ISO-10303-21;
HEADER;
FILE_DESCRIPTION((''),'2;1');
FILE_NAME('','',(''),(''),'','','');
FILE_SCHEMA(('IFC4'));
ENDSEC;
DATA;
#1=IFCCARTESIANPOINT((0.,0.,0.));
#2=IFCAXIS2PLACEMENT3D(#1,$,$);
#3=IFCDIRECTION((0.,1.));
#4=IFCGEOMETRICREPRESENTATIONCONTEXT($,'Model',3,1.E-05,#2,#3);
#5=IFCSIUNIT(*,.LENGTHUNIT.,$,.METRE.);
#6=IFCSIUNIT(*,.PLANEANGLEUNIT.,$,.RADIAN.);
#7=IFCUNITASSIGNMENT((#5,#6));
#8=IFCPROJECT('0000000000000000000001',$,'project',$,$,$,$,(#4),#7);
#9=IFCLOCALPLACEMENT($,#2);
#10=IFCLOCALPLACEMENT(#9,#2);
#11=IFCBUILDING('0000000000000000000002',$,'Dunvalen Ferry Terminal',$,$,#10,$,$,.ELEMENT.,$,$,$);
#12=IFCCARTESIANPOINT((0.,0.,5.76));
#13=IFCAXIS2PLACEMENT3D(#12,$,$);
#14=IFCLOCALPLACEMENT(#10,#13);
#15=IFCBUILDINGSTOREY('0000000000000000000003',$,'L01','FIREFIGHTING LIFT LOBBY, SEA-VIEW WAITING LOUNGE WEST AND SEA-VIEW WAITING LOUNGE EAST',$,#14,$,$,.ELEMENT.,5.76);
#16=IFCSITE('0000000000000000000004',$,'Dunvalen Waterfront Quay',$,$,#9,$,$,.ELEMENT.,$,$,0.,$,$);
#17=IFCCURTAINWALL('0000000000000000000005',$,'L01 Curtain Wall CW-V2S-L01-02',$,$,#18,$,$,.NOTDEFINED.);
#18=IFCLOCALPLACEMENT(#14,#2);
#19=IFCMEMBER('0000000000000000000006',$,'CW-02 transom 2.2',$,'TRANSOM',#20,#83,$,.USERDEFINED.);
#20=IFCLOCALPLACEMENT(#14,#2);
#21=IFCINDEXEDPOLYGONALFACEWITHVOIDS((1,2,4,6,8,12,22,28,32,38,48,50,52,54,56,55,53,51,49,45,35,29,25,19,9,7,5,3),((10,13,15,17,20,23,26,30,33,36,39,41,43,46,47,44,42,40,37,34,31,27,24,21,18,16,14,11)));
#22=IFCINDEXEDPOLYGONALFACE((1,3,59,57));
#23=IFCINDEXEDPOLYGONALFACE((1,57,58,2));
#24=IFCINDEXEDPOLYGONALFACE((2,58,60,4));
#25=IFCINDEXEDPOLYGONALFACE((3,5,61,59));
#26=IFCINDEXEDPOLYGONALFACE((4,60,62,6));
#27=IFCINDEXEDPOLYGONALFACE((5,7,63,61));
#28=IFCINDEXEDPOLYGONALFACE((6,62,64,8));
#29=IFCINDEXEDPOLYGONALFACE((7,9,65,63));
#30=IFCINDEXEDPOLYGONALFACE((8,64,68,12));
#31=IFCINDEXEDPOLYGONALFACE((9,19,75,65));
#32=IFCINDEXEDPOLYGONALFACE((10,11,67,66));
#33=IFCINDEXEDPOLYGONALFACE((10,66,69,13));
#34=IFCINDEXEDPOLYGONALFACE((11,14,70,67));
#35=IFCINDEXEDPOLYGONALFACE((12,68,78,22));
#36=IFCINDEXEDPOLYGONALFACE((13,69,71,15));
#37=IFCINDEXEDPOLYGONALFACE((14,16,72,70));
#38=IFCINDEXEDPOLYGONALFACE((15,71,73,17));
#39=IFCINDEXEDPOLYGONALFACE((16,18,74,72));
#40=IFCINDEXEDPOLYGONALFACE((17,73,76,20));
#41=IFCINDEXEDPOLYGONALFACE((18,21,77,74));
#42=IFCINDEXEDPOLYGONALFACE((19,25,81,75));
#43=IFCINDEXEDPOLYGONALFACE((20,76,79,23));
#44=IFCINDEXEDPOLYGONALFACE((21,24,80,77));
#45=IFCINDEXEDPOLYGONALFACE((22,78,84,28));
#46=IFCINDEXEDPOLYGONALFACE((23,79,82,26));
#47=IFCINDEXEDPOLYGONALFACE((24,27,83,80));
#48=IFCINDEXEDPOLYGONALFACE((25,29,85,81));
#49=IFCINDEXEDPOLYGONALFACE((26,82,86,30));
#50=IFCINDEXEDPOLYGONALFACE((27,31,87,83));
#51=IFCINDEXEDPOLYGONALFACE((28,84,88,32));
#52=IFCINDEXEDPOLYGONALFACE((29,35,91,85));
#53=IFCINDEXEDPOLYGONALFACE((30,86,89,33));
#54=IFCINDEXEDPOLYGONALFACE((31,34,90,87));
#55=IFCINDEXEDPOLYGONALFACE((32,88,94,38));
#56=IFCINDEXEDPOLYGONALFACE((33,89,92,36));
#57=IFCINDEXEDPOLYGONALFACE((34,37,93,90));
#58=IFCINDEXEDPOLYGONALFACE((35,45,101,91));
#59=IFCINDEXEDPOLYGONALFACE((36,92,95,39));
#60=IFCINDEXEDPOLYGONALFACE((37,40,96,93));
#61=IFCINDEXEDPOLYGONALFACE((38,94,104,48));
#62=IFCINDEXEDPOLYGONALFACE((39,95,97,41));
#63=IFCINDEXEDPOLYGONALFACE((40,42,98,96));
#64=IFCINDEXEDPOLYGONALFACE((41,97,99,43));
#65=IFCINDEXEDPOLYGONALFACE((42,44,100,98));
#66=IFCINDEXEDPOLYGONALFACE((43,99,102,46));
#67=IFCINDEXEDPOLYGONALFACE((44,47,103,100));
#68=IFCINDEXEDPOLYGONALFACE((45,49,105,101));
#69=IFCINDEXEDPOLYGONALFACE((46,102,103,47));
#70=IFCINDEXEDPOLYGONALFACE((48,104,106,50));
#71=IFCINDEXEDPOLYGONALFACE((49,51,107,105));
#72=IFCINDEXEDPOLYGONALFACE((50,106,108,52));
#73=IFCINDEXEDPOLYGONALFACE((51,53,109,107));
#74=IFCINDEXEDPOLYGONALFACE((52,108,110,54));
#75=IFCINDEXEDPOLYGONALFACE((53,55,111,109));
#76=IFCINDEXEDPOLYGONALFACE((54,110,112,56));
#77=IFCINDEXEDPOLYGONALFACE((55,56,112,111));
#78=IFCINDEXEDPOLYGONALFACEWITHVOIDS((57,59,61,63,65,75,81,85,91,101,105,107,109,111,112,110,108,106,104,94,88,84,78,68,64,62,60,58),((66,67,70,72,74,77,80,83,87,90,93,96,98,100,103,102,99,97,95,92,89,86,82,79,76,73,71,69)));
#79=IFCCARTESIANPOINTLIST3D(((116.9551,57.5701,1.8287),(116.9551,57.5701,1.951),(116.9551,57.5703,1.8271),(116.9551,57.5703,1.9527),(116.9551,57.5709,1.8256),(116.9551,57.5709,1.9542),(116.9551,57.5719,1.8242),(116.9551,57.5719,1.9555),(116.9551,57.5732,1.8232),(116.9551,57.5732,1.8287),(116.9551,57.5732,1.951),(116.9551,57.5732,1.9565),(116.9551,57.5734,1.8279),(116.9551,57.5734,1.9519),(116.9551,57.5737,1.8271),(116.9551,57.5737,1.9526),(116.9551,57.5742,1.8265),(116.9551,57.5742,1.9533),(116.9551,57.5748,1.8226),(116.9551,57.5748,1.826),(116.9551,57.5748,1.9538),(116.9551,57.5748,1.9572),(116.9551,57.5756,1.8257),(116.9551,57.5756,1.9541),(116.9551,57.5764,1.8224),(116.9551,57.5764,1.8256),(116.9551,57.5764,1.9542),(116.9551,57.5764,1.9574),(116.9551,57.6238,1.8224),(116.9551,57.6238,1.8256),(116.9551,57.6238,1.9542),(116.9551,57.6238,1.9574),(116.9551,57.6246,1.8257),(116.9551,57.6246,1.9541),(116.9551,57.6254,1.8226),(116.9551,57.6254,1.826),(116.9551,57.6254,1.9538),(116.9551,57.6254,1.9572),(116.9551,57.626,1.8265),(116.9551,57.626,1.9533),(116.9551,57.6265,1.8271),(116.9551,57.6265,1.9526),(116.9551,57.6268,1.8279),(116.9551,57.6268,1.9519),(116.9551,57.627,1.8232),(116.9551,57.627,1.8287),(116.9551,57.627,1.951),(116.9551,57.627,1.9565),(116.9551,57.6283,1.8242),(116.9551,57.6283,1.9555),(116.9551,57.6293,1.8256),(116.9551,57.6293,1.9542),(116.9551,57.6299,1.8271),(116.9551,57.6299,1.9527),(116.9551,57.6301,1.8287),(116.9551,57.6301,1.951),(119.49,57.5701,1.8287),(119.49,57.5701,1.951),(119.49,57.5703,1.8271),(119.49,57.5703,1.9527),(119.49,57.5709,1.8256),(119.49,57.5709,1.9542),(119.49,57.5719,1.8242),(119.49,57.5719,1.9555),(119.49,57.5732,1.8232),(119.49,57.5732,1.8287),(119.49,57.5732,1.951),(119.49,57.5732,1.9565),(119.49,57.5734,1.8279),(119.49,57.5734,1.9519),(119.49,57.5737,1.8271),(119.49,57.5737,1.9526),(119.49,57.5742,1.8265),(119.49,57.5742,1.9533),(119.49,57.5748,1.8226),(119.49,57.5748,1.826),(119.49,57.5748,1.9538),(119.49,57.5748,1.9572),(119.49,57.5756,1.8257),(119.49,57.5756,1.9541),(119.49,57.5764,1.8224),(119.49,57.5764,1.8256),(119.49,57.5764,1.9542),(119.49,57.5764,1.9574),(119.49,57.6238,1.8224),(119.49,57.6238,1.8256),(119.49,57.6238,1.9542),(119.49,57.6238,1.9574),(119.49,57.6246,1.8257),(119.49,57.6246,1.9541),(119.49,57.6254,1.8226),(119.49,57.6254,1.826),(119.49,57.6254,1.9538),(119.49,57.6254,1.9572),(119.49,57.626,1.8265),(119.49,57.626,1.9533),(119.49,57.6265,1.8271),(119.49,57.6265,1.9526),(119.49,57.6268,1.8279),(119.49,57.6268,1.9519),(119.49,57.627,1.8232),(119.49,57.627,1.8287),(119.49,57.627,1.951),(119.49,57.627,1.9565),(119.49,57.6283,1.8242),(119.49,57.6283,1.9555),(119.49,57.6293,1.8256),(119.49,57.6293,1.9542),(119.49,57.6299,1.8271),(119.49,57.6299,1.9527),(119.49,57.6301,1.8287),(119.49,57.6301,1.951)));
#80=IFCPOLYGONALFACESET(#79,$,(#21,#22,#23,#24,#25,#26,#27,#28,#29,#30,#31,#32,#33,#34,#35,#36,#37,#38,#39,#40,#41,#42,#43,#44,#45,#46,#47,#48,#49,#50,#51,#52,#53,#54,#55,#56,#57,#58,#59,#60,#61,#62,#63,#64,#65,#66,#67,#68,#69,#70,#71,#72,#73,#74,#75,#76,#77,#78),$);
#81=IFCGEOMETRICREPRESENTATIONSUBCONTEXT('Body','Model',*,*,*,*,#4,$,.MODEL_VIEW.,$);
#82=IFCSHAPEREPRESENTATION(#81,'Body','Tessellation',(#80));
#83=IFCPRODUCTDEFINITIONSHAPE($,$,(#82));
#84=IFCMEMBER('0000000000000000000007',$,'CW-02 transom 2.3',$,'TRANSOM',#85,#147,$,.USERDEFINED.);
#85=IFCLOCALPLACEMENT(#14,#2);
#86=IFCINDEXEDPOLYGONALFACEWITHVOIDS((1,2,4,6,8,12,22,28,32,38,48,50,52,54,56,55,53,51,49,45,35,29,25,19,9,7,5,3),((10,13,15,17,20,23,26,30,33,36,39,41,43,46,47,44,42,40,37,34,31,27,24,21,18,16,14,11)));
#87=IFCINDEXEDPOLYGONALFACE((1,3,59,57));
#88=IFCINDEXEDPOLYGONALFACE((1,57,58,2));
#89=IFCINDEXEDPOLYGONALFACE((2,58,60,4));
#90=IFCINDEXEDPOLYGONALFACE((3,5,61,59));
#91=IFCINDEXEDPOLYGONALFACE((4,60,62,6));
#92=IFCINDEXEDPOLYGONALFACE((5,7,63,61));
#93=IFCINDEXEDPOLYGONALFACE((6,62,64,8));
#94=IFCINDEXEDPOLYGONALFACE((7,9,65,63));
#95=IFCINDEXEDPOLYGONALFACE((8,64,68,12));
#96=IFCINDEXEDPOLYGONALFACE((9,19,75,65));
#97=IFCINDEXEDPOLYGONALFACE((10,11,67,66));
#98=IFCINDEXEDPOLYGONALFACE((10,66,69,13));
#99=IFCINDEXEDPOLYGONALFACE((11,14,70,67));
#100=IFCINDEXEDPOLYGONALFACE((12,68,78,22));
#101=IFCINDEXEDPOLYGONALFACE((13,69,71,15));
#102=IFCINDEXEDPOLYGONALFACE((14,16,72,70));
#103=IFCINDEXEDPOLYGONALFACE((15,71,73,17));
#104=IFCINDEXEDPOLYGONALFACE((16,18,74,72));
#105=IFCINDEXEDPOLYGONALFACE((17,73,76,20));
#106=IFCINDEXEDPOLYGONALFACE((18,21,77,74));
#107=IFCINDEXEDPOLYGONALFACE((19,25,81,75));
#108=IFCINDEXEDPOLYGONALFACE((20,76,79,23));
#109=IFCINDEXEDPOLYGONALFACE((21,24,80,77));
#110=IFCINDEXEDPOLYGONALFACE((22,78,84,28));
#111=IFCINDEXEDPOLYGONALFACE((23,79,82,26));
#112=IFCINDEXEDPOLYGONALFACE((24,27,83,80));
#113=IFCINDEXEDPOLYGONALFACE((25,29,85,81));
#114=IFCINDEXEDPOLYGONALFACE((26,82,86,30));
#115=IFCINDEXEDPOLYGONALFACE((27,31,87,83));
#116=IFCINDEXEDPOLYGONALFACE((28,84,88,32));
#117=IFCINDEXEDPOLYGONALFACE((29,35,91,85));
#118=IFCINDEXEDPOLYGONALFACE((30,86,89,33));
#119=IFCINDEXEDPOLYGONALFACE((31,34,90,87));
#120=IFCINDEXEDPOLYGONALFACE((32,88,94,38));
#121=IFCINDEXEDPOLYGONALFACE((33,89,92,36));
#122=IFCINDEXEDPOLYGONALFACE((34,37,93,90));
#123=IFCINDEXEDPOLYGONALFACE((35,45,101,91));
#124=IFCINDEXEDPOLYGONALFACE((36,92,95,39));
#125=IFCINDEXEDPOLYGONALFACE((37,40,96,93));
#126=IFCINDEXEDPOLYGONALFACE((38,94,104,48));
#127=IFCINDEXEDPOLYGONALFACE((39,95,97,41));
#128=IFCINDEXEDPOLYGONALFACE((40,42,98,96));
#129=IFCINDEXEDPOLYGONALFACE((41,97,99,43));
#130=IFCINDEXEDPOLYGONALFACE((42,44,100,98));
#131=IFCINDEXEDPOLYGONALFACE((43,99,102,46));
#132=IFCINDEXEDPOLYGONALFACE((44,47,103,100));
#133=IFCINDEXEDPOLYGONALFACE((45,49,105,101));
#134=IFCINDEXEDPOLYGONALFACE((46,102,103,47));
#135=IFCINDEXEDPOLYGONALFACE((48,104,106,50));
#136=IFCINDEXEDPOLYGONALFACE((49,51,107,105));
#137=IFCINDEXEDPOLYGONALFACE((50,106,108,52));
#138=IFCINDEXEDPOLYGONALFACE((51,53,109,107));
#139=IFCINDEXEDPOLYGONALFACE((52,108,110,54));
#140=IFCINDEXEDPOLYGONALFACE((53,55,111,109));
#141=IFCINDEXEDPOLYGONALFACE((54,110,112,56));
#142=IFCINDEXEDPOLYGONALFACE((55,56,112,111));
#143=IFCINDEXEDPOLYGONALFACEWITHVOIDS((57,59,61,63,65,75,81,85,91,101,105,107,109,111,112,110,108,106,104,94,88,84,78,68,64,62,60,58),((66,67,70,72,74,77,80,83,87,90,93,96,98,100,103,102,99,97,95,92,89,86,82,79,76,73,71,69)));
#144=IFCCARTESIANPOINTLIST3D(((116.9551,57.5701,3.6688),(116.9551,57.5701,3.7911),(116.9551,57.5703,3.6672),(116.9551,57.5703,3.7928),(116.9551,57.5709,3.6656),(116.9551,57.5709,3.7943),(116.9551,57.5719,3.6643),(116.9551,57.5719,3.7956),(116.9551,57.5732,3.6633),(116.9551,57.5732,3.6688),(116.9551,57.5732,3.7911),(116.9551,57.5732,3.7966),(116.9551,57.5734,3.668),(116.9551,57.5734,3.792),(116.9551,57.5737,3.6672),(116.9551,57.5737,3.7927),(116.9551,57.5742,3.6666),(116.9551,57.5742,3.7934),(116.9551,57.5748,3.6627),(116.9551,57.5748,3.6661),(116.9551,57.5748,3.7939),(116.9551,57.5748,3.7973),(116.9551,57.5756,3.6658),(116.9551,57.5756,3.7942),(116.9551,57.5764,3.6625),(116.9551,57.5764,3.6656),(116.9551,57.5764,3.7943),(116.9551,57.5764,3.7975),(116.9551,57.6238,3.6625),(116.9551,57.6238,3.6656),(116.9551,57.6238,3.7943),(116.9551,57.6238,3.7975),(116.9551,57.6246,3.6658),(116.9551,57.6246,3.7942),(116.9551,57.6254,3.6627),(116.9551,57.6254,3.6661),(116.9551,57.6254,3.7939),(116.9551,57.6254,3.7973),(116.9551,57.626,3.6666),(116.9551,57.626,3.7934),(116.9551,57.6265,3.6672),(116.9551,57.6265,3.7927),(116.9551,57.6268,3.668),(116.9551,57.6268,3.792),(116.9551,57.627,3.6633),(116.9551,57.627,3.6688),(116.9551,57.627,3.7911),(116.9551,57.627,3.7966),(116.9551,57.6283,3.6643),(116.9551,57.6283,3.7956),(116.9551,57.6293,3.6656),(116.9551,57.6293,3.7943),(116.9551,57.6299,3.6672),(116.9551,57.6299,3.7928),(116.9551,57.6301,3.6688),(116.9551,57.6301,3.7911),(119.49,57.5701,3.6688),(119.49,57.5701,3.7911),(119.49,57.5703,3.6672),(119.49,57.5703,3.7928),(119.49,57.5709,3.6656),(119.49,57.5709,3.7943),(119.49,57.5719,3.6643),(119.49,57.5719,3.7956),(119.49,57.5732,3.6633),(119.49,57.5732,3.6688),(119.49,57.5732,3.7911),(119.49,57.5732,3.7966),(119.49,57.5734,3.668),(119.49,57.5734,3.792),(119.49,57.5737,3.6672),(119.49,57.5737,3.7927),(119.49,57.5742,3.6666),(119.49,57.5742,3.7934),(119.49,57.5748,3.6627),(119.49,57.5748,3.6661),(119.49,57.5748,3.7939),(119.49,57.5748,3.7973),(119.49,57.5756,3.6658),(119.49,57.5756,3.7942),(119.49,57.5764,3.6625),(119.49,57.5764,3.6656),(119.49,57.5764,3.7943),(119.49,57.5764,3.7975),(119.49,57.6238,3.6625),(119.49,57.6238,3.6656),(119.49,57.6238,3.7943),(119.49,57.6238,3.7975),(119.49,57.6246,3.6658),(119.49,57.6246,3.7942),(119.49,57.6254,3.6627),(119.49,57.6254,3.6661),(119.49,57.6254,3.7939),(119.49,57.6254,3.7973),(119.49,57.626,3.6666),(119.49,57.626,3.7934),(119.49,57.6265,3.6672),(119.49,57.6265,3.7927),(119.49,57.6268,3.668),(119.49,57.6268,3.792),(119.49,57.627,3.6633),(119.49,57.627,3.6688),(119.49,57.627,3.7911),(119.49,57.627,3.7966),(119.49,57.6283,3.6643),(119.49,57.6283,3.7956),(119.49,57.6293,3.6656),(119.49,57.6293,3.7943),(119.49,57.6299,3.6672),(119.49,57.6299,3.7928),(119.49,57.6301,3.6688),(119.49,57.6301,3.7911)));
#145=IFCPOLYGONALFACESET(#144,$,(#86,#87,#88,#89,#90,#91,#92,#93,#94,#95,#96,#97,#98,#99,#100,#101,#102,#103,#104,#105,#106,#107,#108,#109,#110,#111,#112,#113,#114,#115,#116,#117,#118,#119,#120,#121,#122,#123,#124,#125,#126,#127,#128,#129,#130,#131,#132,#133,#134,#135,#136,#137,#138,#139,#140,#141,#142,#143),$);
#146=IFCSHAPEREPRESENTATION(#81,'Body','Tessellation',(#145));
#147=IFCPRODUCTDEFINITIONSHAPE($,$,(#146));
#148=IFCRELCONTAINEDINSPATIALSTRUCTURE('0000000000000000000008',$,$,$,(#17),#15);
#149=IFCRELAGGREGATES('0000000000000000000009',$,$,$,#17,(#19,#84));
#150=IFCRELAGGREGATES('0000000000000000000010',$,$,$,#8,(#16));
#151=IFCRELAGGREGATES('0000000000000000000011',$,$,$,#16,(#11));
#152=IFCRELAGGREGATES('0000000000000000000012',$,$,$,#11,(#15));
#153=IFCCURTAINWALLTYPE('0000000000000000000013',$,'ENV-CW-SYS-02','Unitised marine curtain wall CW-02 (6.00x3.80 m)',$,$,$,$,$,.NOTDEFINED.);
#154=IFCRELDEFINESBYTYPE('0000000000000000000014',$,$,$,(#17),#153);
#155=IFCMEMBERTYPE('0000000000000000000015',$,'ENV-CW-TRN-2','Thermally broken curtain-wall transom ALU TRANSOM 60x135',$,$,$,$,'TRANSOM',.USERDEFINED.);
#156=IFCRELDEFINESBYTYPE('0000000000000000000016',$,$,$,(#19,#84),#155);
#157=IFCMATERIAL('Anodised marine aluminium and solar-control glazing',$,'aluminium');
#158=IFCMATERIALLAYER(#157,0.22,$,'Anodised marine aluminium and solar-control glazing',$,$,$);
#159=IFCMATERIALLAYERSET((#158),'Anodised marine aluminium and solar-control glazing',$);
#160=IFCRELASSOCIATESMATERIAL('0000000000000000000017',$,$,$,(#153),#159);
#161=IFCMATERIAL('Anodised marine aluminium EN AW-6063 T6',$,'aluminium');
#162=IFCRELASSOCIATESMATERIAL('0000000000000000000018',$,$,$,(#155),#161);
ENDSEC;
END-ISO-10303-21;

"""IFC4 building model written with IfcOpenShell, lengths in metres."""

from ifc_helpers import new_model, si_unit, direction, frame, origin, origin_2d, place, context, subcontext, project, spatial, hollow_rectangle, extrude, material, layer, layer_set, material_profile, profile_set, type_object, element, aggregate, save


model = new_model("IFC4")

# Units and contexts
model_context = context("Model", 3, precision=1e-05, world=origin(), true_north=direction((0.0, 1.0)))
body_context = subcontext(model_context, "Body", "Model", "MODEL_VIEW")
ifc_project = project(units=[si_unit("LENGTHUNIT", "METRE"), si_unit("PLANEANGLEUNIT", "RADIAN")], contexts=[model_context])

# Site, building, storey
site_placement = place(None, origin())
site = spatial("IfcSite", under=ifc_project, at=site_placement, Name="Dunvalen Waterfront Quay", CompositionType="ELEMENT", RefElevation=0.0)
building_placement = place(site_placement, origin())
building = spatial("IfcBuilding", under=site, at=building_placement, Name="Dunvalen Ferry Terminal", CompositionType="ELEMENT")
storey_placement = place(building_placement, frame((0.0, 0.0, 5.76)))
storey = spatial("IfcBuildingStorey", under=building, at=storey_placement, Name="L01", Description="FIREFIGHTING LIFT LOBBY, SEA-VIEW WAITING LOUNGE WEST AND SEA-VIEW WAITING LOUNGE EAST", CompositionType="ELEMENT", Elevation=5.76)

# Curtain wall
ifc_material_1 = material(Name="Anodised marine aluminium and solar-control glazing", Category="aluminium")
ifc_layer_1 = layer(ifc_material_1, 0.22, Name="Anodised marine aluminium and solar-control glazing")
ifc_layer_set_1 = layer_set([ifc_layer_1], Name="Anodised marine aluminium and solar-control glazing")
curtain_wall_type_1 = type_object("IfcCurtainWallType", Name="ENV-CW-SYS-02", Description="Unitised marine curtain wall CW-02 (6.00x3.80 m)", PredefinedType="NOTDEFINED", material=ifc_layer_set_1)
ifc_material_2 = material(Name="Anodised marine aluminium EN AW-6063 T6", Category="aluminium")
curtain_wall_1_placement = place(storey_placement, origin())
curtain_wall_1 = element("IfcCurtainWall", 1, at=curtain_wall_1_placement, inside=storey, type_object=curtain_wall_type_1, Name="L01 Curtain Wall CW-V2S-L01-02", PredefinedType="NOTDEFINED")

# Members
ifc_material_profile_1 = material_profile(ifc_material_2, hollow_rectangle(XDim=0.0601, YDim=0.135, WallThickness=0.0032, InnerFilletRadius=0.0032, OuterFilletRadius=0.0063, at=origin_2d()), Name="Anodised marine aluminium EN AW-6063 T6")
ifc_profile_set_1 = profile_set([ifc_material_profile_1], Name="Anodised marine aluminium EN AW-6063 T6")
member_type_1 = type_object("IfcMemberType", Name="ENV-CW-TRN-2", Description="Thermally broken curtain-wall transom ALU TRANSOM 60x135", ElementType="TRANSOM", PredefinedType="USERDEFINED", material=ifc_profile_set_1)
member_1_placement = place(storey_placement, frame((116.9551, 57.6001, 1.8899), z_axis=(1.0, 0.0, 0.0), x_axis=(0.0, 1.0, 0.0)))
member_1 = element("IfcMember", 2, at=member_1_placement, type_object=member_type_1, Name="CW-02 transom 2.2", ObjectType="TRANSOM", PredefinedType="USERDEFINED", context=body_context, shape_type="SweptSolid", body=[
    extrude(hollow_rectangle(XDim=0.0601, YDim=0.135, WallThickness=0.0032, InnerFilletRadius=0.0032, OuterFilletRadius=0.0063, at=origin_2d()), origin(), (0.0, 0.0, 1.0), 2.5349),
])
member_2_placement = place(storey_placement, frame((116.9551, 57.6001, 3.73), z_axis=(1.0, 0.0, 0.0), x_axis=(0.0, 1.0, 0.0)))
member_2 = element("IfcMember", 3, at=member_2_placement, type_object=member_type_1, Name="CW-02 transom 2.3", ObjectType="TRANSOM", PredefinedType="USERDEFINED", context=body_context, shape_type="SweptSolid", body=[
    extrude(hollow_rectangle(XDim=0.0601, YDim=0.135, WallThickness=0.0032, InnerFilletRadius=0.0032, OuterFilletRadius=0.0063, at=origin_2d()), origin(), (0.0, 0.0, 1.0), 2.5349),
])

aggregate(curtain_wall_1, [member_1, member_2])

save(model, "model.ifc")
